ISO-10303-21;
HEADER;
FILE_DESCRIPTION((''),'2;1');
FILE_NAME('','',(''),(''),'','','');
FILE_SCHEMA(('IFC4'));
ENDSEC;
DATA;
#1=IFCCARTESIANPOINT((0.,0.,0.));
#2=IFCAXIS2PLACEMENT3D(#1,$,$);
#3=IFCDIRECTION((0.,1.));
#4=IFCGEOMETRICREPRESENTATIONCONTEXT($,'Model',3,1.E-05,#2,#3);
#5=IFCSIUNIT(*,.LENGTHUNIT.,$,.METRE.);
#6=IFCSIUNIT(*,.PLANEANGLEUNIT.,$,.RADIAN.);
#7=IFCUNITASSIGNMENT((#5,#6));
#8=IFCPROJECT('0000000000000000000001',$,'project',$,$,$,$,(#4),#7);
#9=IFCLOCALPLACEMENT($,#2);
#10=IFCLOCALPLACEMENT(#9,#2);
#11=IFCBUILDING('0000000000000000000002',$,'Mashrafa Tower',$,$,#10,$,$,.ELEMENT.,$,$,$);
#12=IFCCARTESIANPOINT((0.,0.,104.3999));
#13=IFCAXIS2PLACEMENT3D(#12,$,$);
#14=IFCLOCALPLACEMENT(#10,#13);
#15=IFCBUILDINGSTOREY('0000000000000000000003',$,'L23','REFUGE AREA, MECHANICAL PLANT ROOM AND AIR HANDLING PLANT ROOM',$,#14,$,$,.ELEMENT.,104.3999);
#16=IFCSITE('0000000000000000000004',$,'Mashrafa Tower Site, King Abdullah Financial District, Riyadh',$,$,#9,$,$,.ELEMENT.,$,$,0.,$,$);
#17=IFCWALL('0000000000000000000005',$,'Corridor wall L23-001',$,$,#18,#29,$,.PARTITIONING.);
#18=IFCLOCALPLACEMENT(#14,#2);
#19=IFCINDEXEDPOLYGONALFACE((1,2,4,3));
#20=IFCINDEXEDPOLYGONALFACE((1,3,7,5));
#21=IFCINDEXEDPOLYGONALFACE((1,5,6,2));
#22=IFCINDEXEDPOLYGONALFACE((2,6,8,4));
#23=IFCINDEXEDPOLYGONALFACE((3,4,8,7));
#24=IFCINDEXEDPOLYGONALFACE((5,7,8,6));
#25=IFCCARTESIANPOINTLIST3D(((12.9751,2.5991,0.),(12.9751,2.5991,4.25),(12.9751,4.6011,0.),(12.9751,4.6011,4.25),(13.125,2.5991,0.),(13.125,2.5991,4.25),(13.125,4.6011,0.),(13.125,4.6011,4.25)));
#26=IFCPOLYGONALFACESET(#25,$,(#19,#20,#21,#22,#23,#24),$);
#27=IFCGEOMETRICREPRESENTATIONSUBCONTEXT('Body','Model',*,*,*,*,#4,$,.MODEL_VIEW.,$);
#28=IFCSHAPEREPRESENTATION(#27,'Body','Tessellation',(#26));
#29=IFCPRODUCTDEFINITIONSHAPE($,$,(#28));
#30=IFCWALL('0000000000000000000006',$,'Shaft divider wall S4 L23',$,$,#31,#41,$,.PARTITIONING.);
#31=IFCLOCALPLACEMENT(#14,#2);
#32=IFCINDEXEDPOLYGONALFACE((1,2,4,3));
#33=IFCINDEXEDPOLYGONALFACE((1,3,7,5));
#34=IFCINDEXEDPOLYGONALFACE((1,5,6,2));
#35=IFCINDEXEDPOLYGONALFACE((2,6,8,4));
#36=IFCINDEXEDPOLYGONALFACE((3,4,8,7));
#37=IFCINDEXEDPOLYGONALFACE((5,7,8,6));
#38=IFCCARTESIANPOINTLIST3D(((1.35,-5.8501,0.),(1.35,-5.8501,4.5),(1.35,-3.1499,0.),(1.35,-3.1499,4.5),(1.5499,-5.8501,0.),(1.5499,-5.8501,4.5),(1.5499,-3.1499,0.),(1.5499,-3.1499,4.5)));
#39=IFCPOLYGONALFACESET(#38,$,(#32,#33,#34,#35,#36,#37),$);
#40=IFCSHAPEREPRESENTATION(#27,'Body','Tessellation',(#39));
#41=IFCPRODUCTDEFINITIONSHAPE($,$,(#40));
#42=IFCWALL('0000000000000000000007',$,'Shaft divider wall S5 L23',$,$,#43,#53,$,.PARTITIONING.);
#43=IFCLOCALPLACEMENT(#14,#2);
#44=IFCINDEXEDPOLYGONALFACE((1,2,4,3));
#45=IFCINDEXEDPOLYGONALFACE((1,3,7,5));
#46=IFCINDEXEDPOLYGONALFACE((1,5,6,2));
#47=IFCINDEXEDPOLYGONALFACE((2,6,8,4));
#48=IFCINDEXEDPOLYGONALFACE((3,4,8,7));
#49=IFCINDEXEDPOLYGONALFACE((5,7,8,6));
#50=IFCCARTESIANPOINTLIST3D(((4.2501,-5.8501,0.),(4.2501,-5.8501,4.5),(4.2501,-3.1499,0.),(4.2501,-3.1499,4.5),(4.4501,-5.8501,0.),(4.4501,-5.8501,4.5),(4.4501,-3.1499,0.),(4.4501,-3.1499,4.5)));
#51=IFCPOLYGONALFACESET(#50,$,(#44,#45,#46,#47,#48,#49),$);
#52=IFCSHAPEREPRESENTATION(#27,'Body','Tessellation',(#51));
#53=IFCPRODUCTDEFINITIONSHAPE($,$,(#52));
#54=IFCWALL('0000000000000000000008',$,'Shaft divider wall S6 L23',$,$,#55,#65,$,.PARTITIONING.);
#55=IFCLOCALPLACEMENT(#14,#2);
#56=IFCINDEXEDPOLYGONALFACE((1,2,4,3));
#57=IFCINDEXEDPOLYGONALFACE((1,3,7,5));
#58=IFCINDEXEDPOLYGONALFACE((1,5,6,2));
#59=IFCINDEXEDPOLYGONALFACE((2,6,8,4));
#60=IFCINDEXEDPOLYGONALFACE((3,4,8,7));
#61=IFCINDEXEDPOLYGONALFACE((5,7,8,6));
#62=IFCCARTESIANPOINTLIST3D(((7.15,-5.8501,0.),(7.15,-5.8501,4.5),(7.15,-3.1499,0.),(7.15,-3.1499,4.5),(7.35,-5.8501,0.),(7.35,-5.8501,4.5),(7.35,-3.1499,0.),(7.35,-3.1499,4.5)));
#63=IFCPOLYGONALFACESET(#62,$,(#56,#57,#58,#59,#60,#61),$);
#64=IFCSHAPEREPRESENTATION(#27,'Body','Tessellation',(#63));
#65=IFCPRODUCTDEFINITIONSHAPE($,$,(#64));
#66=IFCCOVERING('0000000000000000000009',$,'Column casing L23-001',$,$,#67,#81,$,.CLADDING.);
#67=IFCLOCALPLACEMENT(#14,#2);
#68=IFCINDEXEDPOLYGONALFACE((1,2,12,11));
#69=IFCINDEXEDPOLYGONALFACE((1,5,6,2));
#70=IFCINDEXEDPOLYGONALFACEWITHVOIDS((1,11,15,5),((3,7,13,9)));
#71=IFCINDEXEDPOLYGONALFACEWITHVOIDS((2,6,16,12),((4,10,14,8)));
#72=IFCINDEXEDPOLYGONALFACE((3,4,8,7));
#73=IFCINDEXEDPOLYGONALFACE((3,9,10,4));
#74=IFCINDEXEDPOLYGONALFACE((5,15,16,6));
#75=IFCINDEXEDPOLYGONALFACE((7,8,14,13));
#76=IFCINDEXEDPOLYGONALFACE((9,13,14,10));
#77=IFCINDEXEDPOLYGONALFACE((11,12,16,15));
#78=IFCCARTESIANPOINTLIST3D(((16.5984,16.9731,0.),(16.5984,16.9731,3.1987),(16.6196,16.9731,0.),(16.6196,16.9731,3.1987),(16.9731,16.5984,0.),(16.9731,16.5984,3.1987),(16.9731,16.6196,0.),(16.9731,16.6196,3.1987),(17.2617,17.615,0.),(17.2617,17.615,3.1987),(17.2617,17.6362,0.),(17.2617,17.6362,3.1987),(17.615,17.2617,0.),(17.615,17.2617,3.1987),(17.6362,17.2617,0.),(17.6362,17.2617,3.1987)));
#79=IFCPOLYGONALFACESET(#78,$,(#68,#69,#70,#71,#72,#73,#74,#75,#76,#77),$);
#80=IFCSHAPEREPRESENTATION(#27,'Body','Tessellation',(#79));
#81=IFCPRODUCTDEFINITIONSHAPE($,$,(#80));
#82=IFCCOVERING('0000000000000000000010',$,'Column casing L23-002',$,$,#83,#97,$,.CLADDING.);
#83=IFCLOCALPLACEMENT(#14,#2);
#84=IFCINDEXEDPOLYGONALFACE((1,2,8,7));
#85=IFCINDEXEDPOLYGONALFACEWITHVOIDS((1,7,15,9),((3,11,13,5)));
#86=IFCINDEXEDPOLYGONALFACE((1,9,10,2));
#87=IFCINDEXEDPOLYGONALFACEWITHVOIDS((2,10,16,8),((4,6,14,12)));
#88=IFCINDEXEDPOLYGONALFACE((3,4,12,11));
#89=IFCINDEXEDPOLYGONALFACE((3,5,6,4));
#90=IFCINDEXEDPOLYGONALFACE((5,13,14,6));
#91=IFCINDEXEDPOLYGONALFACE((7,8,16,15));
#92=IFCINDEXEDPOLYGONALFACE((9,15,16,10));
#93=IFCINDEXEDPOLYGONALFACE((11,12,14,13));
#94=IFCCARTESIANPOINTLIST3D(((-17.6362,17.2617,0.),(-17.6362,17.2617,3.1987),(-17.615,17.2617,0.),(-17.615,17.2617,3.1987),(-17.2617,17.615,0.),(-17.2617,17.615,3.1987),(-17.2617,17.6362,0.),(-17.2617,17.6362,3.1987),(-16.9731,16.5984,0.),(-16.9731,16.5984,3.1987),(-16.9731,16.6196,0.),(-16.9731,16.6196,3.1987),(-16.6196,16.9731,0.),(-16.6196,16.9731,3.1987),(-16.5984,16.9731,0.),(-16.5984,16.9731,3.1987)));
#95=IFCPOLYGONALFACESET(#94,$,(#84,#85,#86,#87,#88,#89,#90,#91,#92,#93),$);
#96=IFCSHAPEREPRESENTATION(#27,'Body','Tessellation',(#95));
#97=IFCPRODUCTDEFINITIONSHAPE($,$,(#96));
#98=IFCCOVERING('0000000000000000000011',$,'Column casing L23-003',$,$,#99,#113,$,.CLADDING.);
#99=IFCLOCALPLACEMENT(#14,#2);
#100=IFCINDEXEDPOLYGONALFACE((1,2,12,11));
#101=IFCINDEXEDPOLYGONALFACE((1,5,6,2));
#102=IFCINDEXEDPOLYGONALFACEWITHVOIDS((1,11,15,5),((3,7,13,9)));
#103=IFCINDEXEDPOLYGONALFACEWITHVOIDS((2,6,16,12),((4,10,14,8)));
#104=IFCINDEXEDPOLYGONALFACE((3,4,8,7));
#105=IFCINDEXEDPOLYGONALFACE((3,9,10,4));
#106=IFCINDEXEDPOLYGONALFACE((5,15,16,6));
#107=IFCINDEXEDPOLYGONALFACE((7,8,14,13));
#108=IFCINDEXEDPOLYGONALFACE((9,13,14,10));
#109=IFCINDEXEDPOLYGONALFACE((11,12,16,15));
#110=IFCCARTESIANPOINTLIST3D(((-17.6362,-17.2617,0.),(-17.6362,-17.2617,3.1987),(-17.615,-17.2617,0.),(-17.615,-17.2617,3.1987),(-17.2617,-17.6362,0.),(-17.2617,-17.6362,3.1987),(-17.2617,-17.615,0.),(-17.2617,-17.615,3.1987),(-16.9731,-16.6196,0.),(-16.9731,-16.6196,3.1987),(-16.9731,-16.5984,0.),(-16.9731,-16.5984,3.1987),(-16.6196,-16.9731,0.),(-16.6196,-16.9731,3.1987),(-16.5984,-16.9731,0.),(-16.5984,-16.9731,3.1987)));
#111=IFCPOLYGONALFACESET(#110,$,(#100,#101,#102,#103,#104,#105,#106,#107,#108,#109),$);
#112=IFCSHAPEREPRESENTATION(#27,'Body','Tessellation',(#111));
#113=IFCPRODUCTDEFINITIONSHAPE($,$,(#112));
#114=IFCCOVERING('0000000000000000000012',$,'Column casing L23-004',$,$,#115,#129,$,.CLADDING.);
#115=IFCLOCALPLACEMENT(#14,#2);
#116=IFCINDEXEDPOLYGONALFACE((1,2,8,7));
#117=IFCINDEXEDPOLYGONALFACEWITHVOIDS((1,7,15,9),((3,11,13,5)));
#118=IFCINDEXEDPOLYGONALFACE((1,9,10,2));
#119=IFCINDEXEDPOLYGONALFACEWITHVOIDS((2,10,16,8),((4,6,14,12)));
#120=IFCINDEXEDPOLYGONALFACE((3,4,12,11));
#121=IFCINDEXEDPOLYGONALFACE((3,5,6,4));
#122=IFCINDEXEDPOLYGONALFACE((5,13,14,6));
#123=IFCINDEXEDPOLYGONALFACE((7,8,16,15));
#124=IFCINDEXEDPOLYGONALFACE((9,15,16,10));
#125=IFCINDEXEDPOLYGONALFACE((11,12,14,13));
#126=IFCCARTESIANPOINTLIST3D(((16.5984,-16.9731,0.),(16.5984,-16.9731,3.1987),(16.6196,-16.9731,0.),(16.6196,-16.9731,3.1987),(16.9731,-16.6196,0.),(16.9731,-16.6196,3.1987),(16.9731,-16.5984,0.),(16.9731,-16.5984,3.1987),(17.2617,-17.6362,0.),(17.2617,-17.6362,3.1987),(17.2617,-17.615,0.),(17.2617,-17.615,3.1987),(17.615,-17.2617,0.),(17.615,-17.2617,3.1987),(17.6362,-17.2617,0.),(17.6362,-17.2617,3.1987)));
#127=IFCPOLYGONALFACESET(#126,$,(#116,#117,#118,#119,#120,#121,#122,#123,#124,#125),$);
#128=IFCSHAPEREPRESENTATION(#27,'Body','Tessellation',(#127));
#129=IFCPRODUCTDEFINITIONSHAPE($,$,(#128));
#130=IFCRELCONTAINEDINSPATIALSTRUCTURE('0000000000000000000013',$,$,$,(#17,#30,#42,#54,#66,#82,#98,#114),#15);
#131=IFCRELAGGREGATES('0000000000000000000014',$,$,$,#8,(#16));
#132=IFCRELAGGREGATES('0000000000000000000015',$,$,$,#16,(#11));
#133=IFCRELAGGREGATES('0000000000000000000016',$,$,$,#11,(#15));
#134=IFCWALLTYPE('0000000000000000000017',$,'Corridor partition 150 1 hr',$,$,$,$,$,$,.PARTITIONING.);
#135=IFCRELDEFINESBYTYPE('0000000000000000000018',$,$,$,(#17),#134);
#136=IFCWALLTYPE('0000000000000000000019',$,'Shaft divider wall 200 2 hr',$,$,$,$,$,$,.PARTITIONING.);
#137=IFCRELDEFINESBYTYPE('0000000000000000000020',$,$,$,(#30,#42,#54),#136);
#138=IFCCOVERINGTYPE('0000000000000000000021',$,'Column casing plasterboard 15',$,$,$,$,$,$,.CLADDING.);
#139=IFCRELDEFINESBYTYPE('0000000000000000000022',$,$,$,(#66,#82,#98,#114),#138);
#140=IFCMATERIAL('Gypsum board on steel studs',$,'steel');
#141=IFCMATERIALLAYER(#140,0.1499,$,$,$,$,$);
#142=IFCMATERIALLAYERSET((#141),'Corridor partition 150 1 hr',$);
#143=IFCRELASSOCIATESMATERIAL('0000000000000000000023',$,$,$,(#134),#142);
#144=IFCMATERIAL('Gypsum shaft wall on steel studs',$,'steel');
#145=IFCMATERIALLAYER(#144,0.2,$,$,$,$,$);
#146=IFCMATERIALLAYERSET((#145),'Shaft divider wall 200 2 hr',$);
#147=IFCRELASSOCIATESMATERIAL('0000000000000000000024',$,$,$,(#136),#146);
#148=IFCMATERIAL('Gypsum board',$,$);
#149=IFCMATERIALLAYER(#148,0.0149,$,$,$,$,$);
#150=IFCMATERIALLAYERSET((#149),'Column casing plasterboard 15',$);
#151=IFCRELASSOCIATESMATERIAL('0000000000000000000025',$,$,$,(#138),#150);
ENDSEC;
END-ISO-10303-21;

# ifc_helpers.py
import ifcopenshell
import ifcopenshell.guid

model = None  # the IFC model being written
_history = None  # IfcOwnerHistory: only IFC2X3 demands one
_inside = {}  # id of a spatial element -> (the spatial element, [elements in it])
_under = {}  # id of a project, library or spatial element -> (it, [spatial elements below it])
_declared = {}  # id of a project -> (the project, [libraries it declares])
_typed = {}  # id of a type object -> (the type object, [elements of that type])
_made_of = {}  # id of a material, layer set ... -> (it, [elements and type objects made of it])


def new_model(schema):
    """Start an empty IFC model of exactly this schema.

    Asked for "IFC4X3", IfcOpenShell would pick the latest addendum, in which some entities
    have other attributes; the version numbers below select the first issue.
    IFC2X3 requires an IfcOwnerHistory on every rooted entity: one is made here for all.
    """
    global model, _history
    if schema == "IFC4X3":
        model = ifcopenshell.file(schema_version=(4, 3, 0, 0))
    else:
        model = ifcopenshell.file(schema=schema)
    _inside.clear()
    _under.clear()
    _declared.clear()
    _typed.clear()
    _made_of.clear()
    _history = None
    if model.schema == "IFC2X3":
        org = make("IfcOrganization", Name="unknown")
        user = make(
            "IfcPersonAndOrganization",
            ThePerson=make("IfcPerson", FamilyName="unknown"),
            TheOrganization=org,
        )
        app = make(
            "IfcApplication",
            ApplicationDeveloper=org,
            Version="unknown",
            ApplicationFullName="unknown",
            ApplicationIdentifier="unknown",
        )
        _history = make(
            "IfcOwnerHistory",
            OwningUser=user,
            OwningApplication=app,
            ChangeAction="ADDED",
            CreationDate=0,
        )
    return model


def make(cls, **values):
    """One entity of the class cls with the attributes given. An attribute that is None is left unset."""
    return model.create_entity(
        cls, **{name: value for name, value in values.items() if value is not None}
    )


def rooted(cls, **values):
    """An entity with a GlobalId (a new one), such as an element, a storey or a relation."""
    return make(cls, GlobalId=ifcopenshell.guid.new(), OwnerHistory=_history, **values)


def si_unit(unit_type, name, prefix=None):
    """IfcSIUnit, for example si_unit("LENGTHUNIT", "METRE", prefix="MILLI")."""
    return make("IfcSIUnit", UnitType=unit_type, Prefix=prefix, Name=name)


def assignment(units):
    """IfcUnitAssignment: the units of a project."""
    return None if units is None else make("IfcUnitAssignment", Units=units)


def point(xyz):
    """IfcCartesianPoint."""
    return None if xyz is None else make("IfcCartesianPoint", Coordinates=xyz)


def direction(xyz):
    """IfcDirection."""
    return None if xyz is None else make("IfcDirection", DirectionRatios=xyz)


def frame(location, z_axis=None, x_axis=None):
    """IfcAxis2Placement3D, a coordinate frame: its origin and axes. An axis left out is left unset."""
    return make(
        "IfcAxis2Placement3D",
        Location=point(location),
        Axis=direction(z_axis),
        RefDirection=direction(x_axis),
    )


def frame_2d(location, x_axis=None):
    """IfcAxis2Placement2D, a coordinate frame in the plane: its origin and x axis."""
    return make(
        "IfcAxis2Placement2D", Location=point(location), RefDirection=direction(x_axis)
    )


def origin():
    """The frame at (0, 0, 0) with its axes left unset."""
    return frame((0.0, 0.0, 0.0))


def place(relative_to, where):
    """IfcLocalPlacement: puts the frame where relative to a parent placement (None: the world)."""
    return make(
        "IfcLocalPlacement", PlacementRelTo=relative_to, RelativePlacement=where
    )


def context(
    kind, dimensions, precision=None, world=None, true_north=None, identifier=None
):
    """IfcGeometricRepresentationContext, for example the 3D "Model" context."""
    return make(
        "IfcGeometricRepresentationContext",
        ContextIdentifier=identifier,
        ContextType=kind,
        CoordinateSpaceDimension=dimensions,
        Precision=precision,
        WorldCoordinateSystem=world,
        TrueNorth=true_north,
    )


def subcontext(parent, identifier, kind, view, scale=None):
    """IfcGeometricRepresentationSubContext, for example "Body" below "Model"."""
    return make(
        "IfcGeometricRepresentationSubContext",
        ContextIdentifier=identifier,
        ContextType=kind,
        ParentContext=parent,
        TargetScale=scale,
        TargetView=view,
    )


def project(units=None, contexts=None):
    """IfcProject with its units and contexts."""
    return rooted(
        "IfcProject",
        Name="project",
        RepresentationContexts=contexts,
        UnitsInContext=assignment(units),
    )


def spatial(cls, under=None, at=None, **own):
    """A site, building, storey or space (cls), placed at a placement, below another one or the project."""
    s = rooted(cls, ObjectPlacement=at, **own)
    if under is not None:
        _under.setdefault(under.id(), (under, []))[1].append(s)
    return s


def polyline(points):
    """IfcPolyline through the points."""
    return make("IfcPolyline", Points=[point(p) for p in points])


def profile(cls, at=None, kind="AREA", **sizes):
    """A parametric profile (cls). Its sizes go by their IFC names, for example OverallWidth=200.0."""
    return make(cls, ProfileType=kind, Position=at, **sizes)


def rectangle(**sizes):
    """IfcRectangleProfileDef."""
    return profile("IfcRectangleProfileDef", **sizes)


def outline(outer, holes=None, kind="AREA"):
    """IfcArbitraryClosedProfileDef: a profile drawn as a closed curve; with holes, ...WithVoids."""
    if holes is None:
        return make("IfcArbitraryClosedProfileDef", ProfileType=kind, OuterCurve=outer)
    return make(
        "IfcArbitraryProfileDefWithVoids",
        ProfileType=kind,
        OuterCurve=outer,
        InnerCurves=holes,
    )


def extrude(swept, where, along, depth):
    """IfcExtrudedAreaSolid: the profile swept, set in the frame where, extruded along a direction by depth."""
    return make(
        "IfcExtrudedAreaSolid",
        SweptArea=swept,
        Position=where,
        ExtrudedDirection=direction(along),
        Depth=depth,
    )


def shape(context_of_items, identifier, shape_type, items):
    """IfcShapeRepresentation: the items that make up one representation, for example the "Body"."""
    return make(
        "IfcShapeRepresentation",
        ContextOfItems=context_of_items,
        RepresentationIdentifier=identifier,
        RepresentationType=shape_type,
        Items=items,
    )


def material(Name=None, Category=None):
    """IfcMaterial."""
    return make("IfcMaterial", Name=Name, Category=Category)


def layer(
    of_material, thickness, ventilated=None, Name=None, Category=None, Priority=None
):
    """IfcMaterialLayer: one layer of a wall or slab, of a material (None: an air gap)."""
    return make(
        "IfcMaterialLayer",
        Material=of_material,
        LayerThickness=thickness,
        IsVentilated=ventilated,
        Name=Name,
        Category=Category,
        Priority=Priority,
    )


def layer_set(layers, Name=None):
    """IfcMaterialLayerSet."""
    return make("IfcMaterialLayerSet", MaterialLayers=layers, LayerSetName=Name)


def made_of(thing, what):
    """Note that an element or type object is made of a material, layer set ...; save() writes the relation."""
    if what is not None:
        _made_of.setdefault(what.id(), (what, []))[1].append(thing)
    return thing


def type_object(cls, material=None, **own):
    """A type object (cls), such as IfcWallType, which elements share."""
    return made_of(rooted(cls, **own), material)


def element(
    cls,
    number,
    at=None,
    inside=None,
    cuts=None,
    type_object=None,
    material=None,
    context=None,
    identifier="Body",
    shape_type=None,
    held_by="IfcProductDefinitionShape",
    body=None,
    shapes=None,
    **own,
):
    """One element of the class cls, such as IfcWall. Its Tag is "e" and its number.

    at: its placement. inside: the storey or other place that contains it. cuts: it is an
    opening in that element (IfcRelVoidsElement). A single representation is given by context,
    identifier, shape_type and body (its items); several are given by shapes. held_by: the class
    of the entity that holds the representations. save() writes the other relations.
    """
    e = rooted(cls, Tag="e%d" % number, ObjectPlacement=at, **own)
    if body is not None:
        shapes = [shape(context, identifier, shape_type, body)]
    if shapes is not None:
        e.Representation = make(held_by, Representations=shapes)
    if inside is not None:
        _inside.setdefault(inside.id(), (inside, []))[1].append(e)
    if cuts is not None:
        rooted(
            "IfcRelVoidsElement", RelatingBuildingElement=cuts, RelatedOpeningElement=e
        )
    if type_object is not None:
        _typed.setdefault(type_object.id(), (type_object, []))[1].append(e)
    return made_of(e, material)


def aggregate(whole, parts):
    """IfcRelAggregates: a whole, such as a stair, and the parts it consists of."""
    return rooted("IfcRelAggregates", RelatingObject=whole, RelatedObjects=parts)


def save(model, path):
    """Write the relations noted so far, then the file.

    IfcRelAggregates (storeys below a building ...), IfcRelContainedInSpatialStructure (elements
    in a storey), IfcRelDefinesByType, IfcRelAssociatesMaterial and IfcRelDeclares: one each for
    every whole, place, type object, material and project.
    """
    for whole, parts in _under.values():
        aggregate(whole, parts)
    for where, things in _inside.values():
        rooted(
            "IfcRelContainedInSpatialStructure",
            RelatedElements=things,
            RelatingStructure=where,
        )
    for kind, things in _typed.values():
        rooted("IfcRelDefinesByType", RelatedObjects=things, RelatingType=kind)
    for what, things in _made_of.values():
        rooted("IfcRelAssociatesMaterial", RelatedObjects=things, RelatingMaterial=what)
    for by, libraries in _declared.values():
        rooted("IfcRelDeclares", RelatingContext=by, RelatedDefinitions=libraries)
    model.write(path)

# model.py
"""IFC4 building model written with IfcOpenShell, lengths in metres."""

from ifc_helpers import new_model, si_unit, direction, frame, frame_2d, origin, place, context, subcontext, project, spatial, polyline, rectangle, outline, extrude, material, layer, layer_set, type_object, element, save


model = new_model("IFC4")

# Units and contexts
model_context = context("Model", 3, precision=1e-05, world=origin(), true_north=direction((0.0, 1.0)))
body_context = subcontext(model_context, "Body", "Model", "MODEL_VIEW")
ifc_project = project(units=[si_unit("LENGTHUNIT", "METRE"), si_unit("PLANEANGLEUNIT", "RADIAN")], contexts=[model_context])

# Site, building, storey
site_placement = place(None, origin())
site = spatial("IfcSite", under=ifc_project, at=site_placement, Name="Mashrafa Tower Site, King Abdullah Financial District, Riyadh", CompositionType="ELEMENT", RefElevation=0.0)
building_placement = place(site_placement, origin())
building = spatial("IfcBuilding", under=site, at=building_placement, Name="Mashrafa Tower", CompositionType="ELEMENT")
storey_placement = place(building_placement, frame((0.0, 0.0, 104.3999)))
storey = spatial("IfcBuildingStorey", under=building, at=storey_placement, Name="L23", Description="REFUGE AREA, MECHANICAL PLANT ROOM AND AIR HANDLING PLANT ROOM", CompositionType="ELEMENT", Elevation=104.3999)

# Walls
ifc_material_1 = material(Name="Gypsum board on steel studs", Category="steel")
ifc_layer_1 = layer(ifc_material_1, 0.1499)
ifc_layer_set_1 = layer_set([ifc_layer_1], Name="Corridor partition 150 1 hr")
wall_type_1 = type_object("IfcWallType", Name="Corridor partition 150 1 hr", PredefinedType="PARTITIONING", material=ifc_layer_set_1)
wall_1_placement = place(storey_placement, frame((13.05, 2.5991, 0.0), z_axis=(0.0, 0.0, 1.0), x_axis=(0.0, 1.0, 0.0)))
element("IfcWall", 1, at=wall_1_placement, inside=storey, type_object=wall_type_1, Name="Corridor wall L23-001", PredefinedType="PARTITIONING", context=body_context, shape_type="SweptSolid", body=[
    extrude(rectangle(XDim=2.002, YDim=0.1499, at=frame_2d((1.001, 0.0))), origin(), (0.0, 0.0, 1.0), 4.25),
])
ifc_material_2 = material(Name="Gypsum shaft wall on steel studs", Category="steel")
ifc_layer_2 = layer(ifc_material_2, 0.2)
ifc_layer_set_2 = layer_set([ifc_layer_2], Name="Shaft divider wall 200 2 hr")
wall_type_2 = type_object("IfcWallType", Name="Shaft divider wall 200 2 hr", PredefinedType="PARTITIONING", material=ifc_layer_set_2)
for number, where, z_axis, x_axis, name in (
    (2, (1.45, -5.8501, 0.0), (0.0, 0.0, 1.0), (0.0, 1.0, 0.0), "Shaft divider wall S4 L23"),
    (3, (4.3501, -5.8501, 0.0), (0.0, 0.0, 1.0), (0.0, 1.0, 0.0), "Shaft divider wall S5 L23"),
    (4, (7.25, -5.8501, 0.0), (0.0, 0.0, 1.0), (0.0, 1.0, 0.0), "Shaft divider wall S6 L23"),
):
    element("IfcWall", number, at=place(storey_placement, frame(where, z_axis=z_axis, x_axis=x_axis)), inside=storey, type_object=wall_type_2, Name=name, PredefinedType="PARTITIONING", context=body_context, shape_type="SweptSolid", body=[
        extrude(rectangle(XDim=2.7002, YDim=0.2, at=frame_2d((1.3501, 0.0))), origin(), (0.0, 0.0, 1.0), 4.5),
    ])

# Coverings
ifc_material_3 = material(Name="Gypsum board")
ifc_layer_3 = layer(ifc_material_3, 0.0149)
ifc_layer_set_3 = layer_set([ifc_layer_3], Name="Column casing plasterboard 15")
covering_type = type_object("IfcCoveringType", Name="Column casing plasterboard 15", PredefinedType="CLADDING", material=ifc_layer_set_3)
covering_1_placement = place(storey_placement, origin())
element("IfcCovering", 5, at=covering_1_placement, inside=storey, type_object=covering_type, Name="Column casing L23-001", PredefinedType="CLADDING", context=body_context, shape_type="SweptSolid", body=[
    extrude(outline(polyline([(16.5984, 16.9731), (17.2617, 17.6362), (17.6362, 17.2617), (16.9731, 16.5984), (16.5984, 16.9731)]), holes=[polyline([(17.615, 17.2617), (17.2617, 17.615), (16.6196, 16.9731), (16.9731, 16.6196), (17.615, 17.2617)])]), origin(), (0.0, 0.0, 1.0), 3.1987),
])
covering_2_placement = place(storey_placement, origin())
element("IfcCovering", 6, at=covering_2_placement, inside=storey, type_object=covering_type, Name="Column casing L23-002", PredefinedType="CLADDING", context=body_context, shape_type="SweptSolid", body=[
    extrude(outline(polyline([(-17.6362, 17.2617), (-17.2617, 17.6362), (-16.5984, 16.9731), (-16.9731, 16.5984), (-17.6362, 17.2617)]), holes=[polyline([(-16.6196, 16.9731), (-17.2617, 17.615), (-17.615, 17.2617), (-16.9731, 16.6196), (-16.6196, 16.9731)])]), origin(), (0.0, 0.0, 1.0), 3.1987),
])
covering_3_placement = place(storey_placement, origin())
element("IfcCovering", 7, at=covering_3_placement, inside=storey, type_object=covering_type, Name="Column casing L23-003", PredefinedType="CLADDING", context=body_context, shape_type="SweptSolid", body=[
    extrude(outline(polyline([(-17.6362, -17.2617), (-16.9731, -16.5984), (-16.5984, -16.9731), (-17.2617, -17.6362), (-17.6362, -17.2617)]), holes=[polyline([(-16.6196, -16.9731), (-16.9731, -16.6196), (-17.615, -17.2617), (-17.2617, -17.615), (-16.6196, -16.9731)])]), origin(), (0.0, 0.0, 1.0), 3.1987),
])
covering_4_placement = place(storey_placement, origin())
element("IfcCovering", 8, at=covering_4_placement, inside=storey, type_object=covering_type, Name="Column casing L23-004", PredefinedType="CLADDING", context=body_context, shape_type="SweptSolid", body=[
    extrude(outline(polyline([(16.5984, -16.9731), (16.9731, -16.5984), (17.6362, -17.2617), (17.2617, -17.6362), (16.5984, -16.9731)]), holes=[polyline([(17.615, -17.2617), (16.9731, -16.6196), (16.6196, -16.9731), (17.2617, -17.615), (17.615, -17.2617)])]), origin(), (0.0, 0.0, 1.0), 3.1987),
])

save(model, "model.ifc")
